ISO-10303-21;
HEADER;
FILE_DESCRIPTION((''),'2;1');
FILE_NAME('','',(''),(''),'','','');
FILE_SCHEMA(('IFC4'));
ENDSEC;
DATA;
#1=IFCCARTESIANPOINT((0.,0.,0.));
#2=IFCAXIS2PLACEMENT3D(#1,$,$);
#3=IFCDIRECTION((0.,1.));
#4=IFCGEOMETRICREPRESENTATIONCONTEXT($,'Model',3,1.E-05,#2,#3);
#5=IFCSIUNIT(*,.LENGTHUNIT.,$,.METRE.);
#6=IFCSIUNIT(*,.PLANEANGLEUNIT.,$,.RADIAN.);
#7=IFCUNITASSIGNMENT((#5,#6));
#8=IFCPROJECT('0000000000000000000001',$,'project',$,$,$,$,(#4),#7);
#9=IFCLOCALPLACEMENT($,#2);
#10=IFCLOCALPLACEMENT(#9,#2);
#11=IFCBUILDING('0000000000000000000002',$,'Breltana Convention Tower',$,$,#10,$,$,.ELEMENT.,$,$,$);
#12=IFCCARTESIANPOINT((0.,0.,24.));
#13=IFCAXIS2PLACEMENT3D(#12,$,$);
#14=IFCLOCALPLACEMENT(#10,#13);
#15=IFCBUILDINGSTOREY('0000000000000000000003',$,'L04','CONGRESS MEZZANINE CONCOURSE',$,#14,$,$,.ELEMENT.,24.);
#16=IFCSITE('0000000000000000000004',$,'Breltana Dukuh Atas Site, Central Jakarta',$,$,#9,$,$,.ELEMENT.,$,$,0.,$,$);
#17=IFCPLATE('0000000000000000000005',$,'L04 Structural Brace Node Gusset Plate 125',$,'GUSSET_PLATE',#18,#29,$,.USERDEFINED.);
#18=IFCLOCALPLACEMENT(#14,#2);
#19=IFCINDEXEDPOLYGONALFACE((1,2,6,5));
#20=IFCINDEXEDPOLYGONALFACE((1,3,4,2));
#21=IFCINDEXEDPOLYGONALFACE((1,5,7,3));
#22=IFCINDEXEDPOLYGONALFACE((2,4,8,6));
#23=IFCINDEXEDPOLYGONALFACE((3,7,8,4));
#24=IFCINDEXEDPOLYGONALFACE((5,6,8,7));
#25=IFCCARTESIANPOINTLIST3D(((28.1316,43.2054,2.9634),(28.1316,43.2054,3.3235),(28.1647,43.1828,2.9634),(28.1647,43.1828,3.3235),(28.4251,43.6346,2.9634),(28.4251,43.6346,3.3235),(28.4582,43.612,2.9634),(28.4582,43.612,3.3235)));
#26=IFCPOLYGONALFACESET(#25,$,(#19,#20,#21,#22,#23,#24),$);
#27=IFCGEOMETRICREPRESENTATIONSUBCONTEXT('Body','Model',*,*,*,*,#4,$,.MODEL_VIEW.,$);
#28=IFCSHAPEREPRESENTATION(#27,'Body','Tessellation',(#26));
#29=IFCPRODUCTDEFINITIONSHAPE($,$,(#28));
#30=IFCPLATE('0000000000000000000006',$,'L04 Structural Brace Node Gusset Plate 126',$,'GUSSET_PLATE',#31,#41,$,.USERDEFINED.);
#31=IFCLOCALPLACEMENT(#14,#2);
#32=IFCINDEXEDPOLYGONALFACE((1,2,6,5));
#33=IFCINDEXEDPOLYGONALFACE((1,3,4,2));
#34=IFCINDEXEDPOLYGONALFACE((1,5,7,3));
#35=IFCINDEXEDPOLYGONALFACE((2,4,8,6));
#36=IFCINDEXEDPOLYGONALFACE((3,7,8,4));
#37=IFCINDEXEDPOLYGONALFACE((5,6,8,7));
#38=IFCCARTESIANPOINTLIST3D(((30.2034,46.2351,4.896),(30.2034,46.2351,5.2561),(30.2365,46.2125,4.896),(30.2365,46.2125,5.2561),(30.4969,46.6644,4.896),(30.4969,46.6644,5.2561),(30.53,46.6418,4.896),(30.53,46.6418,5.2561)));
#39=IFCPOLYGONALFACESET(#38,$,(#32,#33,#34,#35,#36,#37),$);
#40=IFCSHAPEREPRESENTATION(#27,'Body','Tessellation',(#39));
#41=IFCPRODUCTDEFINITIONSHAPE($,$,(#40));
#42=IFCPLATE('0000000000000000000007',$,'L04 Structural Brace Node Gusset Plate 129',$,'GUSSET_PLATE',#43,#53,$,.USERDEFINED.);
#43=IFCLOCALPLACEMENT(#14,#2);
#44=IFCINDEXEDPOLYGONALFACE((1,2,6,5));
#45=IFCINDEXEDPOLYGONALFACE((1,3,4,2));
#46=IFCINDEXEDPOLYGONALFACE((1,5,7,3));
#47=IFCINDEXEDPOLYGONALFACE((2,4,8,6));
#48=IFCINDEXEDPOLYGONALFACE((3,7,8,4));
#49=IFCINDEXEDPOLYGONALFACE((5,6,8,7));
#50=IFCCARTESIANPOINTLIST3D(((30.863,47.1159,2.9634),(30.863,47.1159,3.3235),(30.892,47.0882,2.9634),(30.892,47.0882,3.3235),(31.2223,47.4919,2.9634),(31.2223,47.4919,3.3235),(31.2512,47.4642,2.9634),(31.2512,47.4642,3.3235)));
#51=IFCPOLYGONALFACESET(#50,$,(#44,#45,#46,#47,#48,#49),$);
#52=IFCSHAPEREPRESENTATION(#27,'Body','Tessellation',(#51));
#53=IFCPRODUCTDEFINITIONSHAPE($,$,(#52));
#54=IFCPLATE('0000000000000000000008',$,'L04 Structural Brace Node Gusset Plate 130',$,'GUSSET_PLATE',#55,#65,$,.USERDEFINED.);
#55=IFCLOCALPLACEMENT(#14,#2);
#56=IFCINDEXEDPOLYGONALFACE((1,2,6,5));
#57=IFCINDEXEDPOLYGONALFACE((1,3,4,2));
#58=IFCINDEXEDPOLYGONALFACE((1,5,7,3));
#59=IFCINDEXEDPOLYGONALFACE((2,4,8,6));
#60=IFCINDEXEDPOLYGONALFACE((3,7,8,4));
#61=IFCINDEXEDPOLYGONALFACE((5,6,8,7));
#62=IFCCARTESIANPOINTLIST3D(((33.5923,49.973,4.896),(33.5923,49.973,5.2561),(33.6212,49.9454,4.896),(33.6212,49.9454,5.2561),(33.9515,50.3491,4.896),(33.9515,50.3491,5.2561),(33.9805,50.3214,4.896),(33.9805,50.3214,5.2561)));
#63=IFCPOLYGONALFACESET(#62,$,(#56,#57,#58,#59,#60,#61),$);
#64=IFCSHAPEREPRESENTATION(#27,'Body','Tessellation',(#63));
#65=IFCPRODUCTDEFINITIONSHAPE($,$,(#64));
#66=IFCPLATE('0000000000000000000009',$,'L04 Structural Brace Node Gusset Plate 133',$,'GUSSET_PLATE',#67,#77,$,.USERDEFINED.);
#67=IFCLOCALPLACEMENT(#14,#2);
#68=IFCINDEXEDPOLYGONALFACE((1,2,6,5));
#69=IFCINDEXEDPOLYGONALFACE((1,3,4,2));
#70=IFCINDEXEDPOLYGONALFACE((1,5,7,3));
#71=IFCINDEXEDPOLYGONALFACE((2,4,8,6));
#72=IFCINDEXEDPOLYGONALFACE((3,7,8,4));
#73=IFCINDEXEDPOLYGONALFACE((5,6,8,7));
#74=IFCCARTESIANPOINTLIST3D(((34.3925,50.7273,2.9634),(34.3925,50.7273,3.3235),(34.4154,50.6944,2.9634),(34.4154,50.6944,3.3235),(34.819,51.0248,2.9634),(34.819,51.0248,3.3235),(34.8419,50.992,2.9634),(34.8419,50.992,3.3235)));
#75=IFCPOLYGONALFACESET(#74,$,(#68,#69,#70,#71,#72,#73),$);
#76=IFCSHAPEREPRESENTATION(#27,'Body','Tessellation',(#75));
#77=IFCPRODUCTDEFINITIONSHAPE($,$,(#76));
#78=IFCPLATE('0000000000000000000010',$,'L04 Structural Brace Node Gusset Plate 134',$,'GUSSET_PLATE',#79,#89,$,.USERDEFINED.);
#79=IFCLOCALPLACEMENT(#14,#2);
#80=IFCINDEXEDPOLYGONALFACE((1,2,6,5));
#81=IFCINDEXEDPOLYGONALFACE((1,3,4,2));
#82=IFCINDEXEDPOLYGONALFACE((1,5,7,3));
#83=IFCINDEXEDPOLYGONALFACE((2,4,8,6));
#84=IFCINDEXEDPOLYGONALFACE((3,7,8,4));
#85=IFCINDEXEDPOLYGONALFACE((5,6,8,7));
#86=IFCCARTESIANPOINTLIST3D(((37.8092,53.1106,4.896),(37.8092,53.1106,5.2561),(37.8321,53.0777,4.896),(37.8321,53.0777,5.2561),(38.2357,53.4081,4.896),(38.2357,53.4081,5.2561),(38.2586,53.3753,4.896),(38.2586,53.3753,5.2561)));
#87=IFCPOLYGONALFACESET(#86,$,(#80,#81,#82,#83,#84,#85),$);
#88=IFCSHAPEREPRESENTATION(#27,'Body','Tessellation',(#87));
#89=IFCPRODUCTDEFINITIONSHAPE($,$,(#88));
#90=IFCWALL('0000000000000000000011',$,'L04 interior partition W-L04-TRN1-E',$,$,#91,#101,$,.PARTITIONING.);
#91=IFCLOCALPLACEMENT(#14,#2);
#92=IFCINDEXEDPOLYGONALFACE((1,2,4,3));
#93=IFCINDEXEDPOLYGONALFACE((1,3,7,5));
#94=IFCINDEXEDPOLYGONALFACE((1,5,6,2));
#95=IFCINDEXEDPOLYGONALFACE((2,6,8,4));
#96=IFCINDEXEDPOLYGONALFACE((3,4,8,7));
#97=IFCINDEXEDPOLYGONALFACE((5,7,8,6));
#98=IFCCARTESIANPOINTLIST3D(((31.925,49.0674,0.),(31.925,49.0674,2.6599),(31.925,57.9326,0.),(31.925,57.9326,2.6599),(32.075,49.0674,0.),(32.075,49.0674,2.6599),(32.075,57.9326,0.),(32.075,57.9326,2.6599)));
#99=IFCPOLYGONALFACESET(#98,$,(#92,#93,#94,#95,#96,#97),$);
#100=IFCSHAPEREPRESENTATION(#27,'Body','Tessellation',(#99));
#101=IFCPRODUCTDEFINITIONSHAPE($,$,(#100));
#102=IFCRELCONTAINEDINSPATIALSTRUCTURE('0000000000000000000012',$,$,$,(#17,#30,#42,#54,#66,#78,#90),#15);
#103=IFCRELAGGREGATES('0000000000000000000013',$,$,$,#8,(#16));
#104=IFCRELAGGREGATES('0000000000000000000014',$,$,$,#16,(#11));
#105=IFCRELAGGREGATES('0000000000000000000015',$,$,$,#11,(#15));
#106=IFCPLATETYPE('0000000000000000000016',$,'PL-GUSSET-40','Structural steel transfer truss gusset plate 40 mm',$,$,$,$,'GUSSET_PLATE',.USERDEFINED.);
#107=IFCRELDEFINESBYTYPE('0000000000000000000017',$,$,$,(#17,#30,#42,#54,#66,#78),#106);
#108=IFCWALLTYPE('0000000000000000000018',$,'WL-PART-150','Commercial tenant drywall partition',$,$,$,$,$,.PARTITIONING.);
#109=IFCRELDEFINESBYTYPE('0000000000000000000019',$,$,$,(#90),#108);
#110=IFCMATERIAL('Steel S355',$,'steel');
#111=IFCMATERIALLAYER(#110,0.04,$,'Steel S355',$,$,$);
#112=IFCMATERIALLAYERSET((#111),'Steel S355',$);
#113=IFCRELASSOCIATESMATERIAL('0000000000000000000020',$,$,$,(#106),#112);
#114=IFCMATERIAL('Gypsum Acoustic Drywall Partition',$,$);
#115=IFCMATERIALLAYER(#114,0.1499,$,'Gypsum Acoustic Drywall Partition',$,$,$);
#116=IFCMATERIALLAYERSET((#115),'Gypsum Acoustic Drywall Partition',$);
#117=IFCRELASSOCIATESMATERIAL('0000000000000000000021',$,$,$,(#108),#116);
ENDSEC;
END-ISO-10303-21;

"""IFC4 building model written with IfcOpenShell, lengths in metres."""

from ifc_helpers import new_model, si_unit, direction, frame, frame_2d, origin, origin_2d, place, context, subcontext, project, spatial, rectangle, extrude, source, transform, mapped, material, layer, layer_set, type_object, element, save


model = new_model("IFC4")

# Units and contexts
model_context = context("Model", 3, precision=1e-05, world=origin(), true_north=direction((0.0, 1.0)))
body_context = subcontext(model_context, "Body", "Model", "MODEL_VIEW")
ifc_project = project(units=[si_unit("LENGTHUNIT", "METRE"), si_unit("PLANEANGLEUNIT", "RADIAN")], contexts=[model_context])

# Site, building, storey
site_placement = place(None, origin())
site = spatial("IfcSite", under=ifc_project, at=site_placement, Name="Breltana Dukuh Atas Site, Central Jakarta", CompositionType="ELEMENT", RefElevation=0.0)
building_placement = place(site_placement, origin())
building = spatial("IfcBuilding", under=site, at=building_placement, Name="Breltana Convention Tower", CompositionType="ELEMENT")
storey_placement = place(building_placement, frame((0.0, 0.0, 24.0)))
storey = spatial("IfcBuildingStorey", under=building, at=storey_placement, Name="L04", Description="CONGRESS MEZZANINE CONCOURSE", CompositionType="ELEMENT", Elevation=24.0)

# Plates
ifc_material_1 = material(Name="Steel S355", Category="steel")
ifc_layer_1 = layer(ifc_material_1, 0.04, Name="Steel S355")
ifc_layer_set_1 = layer_set([ifc_layer_1], Name="Steel S355")
plate_type = type_object("IfcPlateType", Name="PL-GUSSET-40", Description="Structural steel transfer truss gusset plate 40 mm", ElementType="GUSSET_PLATE", PredefinedType="USERDEFINED", material=ifc_layer_set_1)
shared_shape_1 = source(origin(), body_context, "Body", "SweptSolid", [
    extrude(rectangle(XDim=0.52, YDim=0.04, at=origin_2d()), origin(), (0.0, 0.0, 1.0), 0.3601),
])
for number, where, z_axis, x_axis, name in (
    (1, (28.2949, 43.4087, 2.9634), (0.0, 0.0, 1.0), (0.564391, 0.825508, 0.0), "L04 Structural Brace Node Gusset Plate 125"),
    (2, (30.3667, 46.4385, 4.896), (0.0, 0.0, 1.0), (0.564391, 0.825508, 0.0), "L04 Structural Brace Node Gusset Plate 126"),
    (3, (31.0571, 47.29, 2.9634), (0.0, 0.0, 1.0), (0.690756, 0.723088, 0.0), "L04 Structural Brace Node Gusset Plate 129"),
    (4, (33.7864, 50.1472, 4.896), (0.0, 0.0, 1.0), (0.690756, 0.723088, 0.0), "L04 Structural Brace Node Gusset Plate 130"),
    (5, (34.6172, 50.8596, 2.9634), (0.0, 0.0, 1.0), (0.820152, 0.572146, 0.0), "L04 Structural Brace Node Gusset Plate 133"),
    (6, (38.0339, 53.2429, 4.896), (0.0, 0.0, 1.0), (0.820152, 0.572146, 0.0), "L04 Structural Brace Node Gusset Plate 134"),
):
    element("IfcPlate", number, at=place(storey_placement, frame(where, z_axis=z_axis, x_axis=x_axis)), inside=storey, type_object=plate_type, Name=name, ObjectType="GUSSET_PLATE", PredefinedType="USERDEFINED", context=body_context, shape_type="MappedRepresentation", body=[
        mapped(shared_shape_1, transform((0.0, 0.0, 0.0), scale=1.0)),
    ])

# Wall
ifc_material_2 = material(Name="Gypsum Acoustic Drywall Partition")
ifc_layer_2 = layer(ifc_material_2, 0.1499, Name="Gypsum Acoustic Drywall Partition")
ifc_layer_set_2 = layer_set([ifc_layer_2], Name="Gypsum Acoustic Drywall Partition")
wall_type = type_object("IfcWallType", Name="WL-PART-150", Description="Commercial tenant drywall partition", PredefinedType="PARTITIONING", material=ifc_layer_set_2)
shared_shape_2 = source(origin(), body_context, "Body", "SweptSolid", [
    extrude(rectangle(XDim=8.8652, YDim=0.1499, at=frame_2d((4.4326, 0.0))), origin(), (0.0, 0.0, 1.0), 2.6599),
])
wall_placement = place(storey_placement, frame((32.0, 49.0674, 0.0), z_axis=(0.0, 0.0, 1.0), x_axis=(0.0, 1.0, 0.0)))
element("IfcWall", 7, at=wall_placement, inside=storey, type_object=wall_type, Name="L04 interior partition W-L04-TRN1-E", PredefinedType="PARTITIONING", context=body_context, shape_type="MappedRepresentation", body=[
    mapped(shared_shape_2, transform((0.0, 0.0, 0.0), scale=1.0)),
])

save(model, "model.ifc")
